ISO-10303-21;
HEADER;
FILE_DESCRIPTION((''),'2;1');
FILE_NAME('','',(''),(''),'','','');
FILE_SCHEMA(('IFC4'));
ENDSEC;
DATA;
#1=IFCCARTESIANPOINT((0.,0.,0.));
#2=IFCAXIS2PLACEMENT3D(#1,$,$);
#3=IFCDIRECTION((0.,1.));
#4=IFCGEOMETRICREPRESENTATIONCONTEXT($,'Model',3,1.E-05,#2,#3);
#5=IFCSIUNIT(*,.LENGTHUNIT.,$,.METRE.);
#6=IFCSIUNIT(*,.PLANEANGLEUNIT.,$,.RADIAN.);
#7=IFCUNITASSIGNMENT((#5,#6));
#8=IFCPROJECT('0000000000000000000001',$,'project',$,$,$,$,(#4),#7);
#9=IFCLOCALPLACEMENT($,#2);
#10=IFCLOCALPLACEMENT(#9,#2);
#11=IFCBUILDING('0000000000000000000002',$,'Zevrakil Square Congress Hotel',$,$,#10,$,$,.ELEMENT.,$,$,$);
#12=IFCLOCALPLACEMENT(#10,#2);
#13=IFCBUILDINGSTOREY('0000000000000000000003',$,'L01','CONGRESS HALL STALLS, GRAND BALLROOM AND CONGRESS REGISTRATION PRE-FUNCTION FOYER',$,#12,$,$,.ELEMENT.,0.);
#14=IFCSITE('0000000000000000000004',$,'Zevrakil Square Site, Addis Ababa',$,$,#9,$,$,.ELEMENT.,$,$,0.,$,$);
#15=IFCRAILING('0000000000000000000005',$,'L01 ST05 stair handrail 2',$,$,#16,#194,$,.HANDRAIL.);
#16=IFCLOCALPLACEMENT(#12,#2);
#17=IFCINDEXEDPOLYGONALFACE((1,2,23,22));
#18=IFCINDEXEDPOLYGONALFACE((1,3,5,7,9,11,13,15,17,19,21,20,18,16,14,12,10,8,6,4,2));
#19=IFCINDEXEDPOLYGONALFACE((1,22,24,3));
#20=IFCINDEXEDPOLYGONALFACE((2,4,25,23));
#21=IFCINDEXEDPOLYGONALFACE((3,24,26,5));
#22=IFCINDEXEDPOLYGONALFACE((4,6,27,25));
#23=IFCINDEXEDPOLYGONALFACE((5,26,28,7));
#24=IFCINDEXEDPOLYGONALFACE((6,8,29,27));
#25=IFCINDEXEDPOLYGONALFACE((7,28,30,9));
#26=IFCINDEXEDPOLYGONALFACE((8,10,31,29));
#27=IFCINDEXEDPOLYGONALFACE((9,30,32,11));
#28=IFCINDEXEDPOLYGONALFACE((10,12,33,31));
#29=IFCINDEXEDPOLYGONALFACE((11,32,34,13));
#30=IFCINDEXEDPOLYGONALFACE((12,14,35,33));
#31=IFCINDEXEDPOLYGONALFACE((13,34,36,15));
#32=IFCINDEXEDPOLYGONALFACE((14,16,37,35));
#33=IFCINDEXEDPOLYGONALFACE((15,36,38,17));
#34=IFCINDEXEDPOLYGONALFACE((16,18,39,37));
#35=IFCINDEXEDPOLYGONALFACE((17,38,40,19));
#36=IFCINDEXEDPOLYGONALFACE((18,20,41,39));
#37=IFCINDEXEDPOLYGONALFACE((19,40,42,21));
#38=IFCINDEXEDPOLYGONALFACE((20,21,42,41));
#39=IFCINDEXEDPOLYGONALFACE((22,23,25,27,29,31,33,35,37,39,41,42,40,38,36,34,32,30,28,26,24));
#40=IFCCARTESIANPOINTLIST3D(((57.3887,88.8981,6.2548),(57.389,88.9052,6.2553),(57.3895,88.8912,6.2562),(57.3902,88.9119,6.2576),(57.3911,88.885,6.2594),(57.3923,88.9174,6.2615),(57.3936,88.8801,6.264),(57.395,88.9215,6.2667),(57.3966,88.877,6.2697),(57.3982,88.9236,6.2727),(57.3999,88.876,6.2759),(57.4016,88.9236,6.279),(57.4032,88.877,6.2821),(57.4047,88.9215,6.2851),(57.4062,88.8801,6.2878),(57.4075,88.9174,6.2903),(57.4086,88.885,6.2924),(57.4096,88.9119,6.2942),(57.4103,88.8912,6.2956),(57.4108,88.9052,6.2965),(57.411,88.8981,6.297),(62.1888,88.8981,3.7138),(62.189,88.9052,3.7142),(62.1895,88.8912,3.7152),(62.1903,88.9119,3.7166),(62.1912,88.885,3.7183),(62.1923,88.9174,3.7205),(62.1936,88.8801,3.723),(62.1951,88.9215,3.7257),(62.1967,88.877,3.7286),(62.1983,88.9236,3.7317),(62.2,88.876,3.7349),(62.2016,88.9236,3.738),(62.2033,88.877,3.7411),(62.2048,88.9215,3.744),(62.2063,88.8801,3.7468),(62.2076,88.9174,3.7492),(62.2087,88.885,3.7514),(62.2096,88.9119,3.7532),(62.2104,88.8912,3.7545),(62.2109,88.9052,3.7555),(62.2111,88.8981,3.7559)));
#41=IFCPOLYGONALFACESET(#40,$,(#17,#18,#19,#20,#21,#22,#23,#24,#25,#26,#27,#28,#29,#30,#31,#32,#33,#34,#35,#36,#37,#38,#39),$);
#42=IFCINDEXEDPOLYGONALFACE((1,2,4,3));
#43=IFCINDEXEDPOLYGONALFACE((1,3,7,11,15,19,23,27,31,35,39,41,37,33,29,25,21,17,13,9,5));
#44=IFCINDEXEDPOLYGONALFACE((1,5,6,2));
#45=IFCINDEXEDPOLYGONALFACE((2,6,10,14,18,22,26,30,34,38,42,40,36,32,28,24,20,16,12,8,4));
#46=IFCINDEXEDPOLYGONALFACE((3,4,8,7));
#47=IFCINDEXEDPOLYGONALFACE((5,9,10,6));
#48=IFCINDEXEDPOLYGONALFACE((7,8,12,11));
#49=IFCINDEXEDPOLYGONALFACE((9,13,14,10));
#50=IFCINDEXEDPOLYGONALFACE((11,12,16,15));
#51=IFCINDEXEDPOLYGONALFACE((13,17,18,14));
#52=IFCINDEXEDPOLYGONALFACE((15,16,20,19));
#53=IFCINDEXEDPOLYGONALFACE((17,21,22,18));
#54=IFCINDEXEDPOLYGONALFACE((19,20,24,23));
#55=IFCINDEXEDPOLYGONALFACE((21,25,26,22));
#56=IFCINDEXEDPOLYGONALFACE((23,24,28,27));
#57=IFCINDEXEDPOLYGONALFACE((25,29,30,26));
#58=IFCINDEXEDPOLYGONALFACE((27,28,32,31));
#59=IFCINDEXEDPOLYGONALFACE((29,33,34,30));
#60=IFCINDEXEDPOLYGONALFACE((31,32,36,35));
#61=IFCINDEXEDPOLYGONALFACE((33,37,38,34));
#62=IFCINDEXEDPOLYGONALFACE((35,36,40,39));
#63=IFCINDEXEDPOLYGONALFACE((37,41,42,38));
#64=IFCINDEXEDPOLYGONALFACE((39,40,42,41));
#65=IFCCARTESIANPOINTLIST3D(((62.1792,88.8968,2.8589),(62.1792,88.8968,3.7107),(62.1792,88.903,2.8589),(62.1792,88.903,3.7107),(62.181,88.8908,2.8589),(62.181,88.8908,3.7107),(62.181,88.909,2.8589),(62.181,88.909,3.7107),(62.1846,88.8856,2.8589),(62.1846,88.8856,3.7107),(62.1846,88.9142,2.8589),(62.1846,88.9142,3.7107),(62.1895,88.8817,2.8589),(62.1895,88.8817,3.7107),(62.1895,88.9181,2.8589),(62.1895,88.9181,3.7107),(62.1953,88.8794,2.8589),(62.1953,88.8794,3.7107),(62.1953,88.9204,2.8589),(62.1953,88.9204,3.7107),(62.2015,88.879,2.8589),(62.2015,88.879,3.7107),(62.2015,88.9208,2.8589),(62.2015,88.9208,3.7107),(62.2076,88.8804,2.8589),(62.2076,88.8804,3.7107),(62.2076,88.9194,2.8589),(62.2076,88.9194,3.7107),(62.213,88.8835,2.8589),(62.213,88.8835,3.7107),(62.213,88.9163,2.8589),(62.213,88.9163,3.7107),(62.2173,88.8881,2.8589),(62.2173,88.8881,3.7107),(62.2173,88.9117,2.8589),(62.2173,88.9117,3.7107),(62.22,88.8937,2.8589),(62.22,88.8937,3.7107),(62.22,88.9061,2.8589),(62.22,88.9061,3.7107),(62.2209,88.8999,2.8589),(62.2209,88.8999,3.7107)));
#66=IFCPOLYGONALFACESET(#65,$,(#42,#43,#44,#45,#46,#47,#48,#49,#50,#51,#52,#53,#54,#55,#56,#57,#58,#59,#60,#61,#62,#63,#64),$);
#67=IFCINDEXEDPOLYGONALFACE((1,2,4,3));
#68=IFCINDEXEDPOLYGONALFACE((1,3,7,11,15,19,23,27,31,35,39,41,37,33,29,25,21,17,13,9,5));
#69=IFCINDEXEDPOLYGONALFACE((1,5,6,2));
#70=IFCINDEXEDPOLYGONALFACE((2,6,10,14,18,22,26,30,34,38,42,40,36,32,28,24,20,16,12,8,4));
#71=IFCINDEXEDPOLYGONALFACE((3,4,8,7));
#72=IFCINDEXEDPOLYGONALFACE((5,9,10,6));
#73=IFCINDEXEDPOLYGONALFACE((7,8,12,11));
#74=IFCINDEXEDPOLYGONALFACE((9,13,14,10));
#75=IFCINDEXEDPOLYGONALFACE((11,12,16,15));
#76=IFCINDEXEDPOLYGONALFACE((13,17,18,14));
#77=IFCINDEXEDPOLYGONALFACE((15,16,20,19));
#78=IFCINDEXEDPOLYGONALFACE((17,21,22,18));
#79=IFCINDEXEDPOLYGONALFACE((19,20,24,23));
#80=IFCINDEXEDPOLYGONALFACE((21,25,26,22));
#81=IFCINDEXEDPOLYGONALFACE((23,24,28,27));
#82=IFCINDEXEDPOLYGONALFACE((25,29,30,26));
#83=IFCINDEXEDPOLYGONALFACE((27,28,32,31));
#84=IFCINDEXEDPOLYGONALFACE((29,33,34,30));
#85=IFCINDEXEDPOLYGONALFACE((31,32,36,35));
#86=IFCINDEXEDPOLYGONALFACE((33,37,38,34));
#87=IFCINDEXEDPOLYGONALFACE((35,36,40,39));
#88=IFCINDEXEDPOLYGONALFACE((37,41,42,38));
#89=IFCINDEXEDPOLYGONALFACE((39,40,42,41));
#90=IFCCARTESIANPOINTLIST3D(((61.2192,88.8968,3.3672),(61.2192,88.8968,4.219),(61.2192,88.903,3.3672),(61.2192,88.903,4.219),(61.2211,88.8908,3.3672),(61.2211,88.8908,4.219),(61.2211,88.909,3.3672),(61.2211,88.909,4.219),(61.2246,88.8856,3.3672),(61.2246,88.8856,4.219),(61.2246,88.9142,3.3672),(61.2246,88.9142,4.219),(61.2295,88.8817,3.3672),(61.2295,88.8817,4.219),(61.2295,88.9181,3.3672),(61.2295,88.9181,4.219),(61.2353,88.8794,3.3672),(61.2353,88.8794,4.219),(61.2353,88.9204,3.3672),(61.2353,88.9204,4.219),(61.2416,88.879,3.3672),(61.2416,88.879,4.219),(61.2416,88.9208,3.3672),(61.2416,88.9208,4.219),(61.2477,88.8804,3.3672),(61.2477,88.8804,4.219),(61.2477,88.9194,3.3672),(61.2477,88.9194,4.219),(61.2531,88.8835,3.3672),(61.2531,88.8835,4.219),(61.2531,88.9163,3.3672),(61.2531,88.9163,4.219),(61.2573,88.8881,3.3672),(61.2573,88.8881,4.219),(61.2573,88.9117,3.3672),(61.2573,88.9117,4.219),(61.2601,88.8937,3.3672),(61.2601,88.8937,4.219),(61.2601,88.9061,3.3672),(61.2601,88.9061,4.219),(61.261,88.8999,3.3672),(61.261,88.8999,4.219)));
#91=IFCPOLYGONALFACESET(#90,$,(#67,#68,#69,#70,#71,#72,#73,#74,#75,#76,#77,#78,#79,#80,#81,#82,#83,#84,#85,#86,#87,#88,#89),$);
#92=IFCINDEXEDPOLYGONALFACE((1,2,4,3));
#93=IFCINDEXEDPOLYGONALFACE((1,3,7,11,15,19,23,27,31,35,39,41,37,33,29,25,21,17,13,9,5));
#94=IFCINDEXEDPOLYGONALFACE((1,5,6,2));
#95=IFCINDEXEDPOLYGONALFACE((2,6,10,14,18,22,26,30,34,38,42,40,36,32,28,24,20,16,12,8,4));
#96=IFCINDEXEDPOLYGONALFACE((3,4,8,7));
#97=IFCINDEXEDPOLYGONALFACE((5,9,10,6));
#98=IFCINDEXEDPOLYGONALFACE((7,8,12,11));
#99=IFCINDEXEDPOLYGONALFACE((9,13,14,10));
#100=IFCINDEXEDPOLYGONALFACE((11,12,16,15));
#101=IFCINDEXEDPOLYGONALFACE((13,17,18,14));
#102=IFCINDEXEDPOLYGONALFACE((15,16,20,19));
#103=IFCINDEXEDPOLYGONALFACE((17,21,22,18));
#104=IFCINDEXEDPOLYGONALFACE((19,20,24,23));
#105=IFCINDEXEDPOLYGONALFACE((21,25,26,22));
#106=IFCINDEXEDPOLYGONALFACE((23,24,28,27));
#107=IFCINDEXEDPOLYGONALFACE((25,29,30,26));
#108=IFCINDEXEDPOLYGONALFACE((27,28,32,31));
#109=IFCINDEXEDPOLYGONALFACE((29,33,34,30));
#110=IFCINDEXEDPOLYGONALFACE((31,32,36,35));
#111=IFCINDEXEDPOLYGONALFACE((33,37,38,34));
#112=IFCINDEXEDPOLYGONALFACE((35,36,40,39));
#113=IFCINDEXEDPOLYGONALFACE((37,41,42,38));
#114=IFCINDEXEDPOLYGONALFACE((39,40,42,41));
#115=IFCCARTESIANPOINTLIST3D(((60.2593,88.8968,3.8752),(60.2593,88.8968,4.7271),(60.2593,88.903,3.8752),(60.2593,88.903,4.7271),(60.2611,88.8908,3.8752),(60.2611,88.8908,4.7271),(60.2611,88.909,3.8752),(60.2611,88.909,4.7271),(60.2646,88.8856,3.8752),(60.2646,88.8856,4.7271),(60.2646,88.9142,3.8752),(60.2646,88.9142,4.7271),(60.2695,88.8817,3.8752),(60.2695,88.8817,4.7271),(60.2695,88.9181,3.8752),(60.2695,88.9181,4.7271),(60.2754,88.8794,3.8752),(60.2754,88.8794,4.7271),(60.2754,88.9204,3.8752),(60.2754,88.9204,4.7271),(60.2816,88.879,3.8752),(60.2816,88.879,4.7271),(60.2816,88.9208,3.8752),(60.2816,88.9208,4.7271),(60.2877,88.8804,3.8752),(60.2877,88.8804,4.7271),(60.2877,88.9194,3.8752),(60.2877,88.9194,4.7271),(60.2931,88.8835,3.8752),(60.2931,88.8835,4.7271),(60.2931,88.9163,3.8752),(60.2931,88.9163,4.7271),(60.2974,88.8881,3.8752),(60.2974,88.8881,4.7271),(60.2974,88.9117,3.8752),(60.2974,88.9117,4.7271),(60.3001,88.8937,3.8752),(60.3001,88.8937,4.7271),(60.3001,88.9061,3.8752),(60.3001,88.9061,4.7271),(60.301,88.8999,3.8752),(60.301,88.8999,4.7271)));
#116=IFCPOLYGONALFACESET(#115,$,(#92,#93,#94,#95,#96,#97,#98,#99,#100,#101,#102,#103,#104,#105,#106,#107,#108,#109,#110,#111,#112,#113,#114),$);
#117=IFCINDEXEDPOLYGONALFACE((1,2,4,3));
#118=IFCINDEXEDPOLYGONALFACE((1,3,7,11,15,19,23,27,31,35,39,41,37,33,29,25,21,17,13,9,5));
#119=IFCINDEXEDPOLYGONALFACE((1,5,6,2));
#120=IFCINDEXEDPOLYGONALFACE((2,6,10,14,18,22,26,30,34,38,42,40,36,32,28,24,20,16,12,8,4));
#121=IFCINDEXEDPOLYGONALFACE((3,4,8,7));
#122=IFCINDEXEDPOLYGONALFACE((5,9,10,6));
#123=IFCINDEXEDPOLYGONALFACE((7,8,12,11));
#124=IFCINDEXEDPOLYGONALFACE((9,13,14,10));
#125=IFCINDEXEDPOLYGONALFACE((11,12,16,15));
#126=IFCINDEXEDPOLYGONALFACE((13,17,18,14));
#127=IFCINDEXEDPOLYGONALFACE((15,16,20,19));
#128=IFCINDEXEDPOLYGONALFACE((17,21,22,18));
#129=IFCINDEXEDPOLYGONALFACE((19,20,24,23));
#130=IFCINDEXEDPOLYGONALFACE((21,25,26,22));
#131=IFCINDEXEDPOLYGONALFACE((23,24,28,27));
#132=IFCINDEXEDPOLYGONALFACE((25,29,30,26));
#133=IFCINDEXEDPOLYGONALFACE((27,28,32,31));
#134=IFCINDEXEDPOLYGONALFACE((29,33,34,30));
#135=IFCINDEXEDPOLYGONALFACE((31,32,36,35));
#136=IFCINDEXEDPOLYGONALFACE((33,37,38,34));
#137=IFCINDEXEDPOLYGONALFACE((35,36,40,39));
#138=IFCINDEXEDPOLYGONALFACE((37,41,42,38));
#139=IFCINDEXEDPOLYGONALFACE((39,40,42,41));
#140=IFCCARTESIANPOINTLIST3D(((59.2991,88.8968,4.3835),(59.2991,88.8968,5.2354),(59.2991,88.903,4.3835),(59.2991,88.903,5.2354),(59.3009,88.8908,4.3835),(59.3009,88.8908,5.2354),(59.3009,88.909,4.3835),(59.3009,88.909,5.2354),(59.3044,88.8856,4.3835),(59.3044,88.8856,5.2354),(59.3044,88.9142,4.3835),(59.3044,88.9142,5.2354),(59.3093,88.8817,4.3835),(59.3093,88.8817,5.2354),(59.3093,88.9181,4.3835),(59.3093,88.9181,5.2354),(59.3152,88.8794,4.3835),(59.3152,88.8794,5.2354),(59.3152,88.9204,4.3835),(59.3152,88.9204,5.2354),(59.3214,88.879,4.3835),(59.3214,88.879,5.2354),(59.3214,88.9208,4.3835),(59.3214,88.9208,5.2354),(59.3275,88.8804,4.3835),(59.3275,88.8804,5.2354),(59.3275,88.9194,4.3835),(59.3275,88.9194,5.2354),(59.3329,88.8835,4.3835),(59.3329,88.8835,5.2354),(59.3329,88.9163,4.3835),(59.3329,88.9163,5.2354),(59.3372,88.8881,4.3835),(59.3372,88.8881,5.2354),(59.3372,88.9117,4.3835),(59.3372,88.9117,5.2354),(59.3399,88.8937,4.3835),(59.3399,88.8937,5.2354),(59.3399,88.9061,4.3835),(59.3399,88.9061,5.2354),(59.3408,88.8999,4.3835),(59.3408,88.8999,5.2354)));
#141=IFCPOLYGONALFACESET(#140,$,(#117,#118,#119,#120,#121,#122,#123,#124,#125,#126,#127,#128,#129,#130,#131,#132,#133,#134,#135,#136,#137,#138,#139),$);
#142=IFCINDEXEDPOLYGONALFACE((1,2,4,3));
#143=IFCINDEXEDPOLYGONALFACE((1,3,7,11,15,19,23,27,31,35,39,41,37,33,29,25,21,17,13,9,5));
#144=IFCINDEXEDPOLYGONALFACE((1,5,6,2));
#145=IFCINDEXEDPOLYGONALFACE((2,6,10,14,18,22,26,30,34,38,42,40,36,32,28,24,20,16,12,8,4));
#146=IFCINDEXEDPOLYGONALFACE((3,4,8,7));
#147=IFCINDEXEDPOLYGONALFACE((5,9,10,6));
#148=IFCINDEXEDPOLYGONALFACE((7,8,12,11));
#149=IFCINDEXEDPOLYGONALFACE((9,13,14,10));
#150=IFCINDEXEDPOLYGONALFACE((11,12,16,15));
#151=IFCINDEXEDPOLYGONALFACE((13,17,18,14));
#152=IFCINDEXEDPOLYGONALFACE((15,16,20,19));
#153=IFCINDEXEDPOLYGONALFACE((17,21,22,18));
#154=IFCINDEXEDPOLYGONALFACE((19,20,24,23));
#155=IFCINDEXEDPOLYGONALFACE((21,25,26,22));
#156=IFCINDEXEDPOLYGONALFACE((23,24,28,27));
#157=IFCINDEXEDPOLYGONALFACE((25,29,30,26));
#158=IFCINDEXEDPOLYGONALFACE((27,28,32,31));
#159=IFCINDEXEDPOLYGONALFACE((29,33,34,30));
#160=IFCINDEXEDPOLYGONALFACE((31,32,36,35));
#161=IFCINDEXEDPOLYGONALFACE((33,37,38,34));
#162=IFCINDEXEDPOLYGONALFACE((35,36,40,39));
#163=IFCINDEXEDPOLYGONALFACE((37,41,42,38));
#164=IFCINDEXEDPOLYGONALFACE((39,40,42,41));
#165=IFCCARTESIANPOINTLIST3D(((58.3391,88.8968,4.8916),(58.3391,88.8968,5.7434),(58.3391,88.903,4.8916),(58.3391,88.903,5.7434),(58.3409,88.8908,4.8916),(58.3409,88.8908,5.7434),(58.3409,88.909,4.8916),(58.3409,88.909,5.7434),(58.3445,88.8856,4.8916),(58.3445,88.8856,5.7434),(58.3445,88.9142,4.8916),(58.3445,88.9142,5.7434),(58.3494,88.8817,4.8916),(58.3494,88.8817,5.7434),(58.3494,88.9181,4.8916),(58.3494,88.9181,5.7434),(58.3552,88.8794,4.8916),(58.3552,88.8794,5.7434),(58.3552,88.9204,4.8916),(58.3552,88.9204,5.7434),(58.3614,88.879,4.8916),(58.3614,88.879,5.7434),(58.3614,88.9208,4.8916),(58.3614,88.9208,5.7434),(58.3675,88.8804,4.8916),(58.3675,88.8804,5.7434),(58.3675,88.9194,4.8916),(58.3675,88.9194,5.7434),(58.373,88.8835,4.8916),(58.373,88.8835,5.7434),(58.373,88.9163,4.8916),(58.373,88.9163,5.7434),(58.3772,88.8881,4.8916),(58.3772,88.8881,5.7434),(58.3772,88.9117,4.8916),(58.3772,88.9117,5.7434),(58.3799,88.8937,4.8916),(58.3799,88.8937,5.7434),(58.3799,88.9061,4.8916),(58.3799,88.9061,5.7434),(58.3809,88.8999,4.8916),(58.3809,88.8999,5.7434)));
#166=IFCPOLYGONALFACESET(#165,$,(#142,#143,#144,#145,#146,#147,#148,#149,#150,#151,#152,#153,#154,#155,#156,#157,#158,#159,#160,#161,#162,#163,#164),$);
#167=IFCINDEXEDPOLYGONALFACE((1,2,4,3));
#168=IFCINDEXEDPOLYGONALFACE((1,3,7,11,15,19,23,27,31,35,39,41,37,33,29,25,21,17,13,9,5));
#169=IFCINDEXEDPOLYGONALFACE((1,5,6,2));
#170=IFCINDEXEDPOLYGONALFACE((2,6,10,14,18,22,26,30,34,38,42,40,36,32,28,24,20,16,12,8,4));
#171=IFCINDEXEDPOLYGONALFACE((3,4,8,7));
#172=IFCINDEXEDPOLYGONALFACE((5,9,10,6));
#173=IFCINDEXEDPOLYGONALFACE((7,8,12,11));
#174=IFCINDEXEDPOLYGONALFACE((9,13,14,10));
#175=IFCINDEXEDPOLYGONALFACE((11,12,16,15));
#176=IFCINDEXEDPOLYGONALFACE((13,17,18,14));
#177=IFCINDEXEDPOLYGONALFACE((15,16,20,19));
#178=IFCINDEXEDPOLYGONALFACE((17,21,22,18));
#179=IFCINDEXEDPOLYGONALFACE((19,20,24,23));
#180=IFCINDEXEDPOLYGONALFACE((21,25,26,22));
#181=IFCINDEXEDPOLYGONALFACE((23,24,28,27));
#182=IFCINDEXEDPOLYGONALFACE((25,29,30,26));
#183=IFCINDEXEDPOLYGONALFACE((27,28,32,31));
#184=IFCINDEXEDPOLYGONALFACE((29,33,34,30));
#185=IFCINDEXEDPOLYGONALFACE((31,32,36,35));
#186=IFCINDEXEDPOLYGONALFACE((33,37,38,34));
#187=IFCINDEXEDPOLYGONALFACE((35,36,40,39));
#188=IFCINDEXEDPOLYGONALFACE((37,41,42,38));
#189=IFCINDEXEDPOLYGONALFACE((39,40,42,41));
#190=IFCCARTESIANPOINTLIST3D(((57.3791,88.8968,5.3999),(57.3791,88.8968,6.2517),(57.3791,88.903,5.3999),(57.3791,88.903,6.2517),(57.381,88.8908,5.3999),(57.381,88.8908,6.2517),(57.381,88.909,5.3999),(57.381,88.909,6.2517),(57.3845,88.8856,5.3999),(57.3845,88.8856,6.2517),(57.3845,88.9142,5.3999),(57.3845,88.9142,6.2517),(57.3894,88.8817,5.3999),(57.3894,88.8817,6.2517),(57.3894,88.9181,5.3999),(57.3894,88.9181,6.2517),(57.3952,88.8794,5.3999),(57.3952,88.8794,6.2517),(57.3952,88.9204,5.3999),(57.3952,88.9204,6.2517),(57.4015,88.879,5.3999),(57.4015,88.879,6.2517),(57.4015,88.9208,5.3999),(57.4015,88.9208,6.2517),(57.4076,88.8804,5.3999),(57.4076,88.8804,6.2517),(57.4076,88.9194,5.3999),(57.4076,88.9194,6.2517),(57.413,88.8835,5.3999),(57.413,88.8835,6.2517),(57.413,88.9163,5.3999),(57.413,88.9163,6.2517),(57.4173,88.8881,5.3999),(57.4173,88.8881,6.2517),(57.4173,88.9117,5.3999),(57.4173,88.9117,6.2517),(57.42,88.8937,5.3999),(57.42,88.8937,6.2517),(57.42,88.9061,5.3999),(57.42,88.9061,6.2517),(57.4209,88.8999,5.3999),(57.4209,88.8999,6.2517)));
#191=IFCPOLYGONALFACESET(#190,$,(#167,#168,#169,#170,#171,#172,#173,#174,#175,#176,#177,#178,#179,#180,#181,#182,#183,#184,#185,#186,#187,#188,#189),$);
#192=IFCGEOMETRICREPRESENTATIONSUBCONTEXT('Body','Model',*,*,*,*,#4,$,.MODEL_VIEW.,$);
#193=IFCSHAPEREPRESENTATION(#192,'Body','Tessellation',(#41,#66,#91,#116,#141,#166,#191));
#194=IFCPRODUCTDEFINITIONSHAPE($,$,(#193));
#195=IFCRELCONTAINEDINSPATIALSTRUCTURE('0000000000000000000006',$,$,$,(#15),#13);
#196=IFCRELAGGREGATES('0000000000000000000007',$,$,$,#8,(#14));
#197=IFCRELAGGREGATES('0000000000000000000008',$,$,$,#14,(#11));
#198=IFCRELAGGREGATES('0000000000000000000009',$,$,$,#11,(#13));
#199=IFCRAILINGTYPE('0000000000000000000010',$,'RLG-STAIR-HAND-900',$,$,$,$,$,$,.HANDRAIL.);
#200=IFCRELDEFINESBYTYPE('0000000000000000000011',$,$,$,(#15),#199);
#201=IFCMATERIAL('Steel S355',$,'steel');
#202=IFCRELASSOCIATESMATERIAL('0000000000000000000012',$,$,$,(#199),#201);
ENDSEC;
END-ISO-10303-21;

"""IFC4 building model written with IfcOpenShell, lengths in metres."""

from ifc_helpers import new_model, si_unit, direction, frame, origin, origin_2d, place, context, subcontext, project, spatial, circle, extrude, material, type_object, element, save


model = new_model("IFC4")

# Units and contexts
model_context = context("Model", 3, precision=1e-05, world=origin(), true_north=direction((0.0, 1.0)))
body_context = subcontext(model_context, "Body", "Model", "MODEL_VIEW")
ifc_project = project(units=[si_unit("LENGTHUNIT", "METRE"), si_unit("PLANEANGLEUNIT", "RADIAN")], contexts=[model_context])

# Site, building, storey
site_placement = place(None, origin())
site = spatial("IfcSite", under=ifc_project, at=site_placement, Name="Zevrakil Square Site, Addis Ababa", CompositionType="ELEMENT", RefElevation=0.0)
building_placement = place(site_placement, origin())
building = spatial("IfcBuilding", under=site, at=building_placement, Name="Zevrakil Square Congress Hotel", CompositionType="ELEMENT")
storey_placement = place(building_placement, origin())
storey = spatial("IfcBuildingStorey", under=building, at=storey_placement, Name="L01", Description="CONGRESS HALL STALLS, GRAND BALLROOM AND CONGRESS REGISTRATION PRE-FUNCTION FOYER", CompositionType="ELEMENT", Elevation=0.0)

# Railing
ifc_material_1 = material(Name="Steel S355", Category="steel")
railing_type_1 = type_object("IfcRailingType", Name="RLG-STAIR-HAND-900", PredefinedType="HANDRAIL", material=ifc_material_1)
for number, where, name in (
    (1, (62.2, 88.8999, 2.8589), "L01 ST05 stair handrail 2"),
):
    element("IfcRailing", number, at=place(storey_placement, frame(where)), inside=storey, type_object=railing_type_1, Name=name, PredefinedType="HANDRAIL", context=body_context, shape_type="SweptSolid", body=[
        extrude(circle(Radius=0.0239, at=origin_2d()), frame((0.0, 0.0, 0.876), z_axis=(-0.883802, 0.0, 0.467861), x_axis=(0.0, -1.0, 0.0)), (0.0, 0.0, 1.0), 5.4312),
        extrude(circle(Radius=0.021, at=origin_2d()), origin(), (0.0, 0.0, 1.0), 0.8518),
        extrude(circle(Radius=0.021, at=origin_2d()), frame((-0.96, 0.0, 0.5083)), (0.0, 0.0, 1.0), 0.8518),
        extrude(circle(Radius=0.021, at=origin_2d()), frame((-1.9199, 0.0, 1.0164)), (0.0, 0.0, 1.0), 0.8518),
        extrude(circle(Radius=0.021, at=origin_2d()), frame((-2.8801, 0.0, 1.5247)), (0.0, 0.0, 1.0), 0.8518),
        extrude(circle(Radius=0.021, at=origin_2d()), frame((-3.8401, 0.0, 2.0327)), (0.0, 0.0, 1.0), 0.8518),
        extrude(circle(Radius=0.021, at=origin_2d()), frame((-4.8, 0.0, 2.541)), (0.0, 0.0, 1.0), 0.8518),
    ])

save(model, "model.ifc")
